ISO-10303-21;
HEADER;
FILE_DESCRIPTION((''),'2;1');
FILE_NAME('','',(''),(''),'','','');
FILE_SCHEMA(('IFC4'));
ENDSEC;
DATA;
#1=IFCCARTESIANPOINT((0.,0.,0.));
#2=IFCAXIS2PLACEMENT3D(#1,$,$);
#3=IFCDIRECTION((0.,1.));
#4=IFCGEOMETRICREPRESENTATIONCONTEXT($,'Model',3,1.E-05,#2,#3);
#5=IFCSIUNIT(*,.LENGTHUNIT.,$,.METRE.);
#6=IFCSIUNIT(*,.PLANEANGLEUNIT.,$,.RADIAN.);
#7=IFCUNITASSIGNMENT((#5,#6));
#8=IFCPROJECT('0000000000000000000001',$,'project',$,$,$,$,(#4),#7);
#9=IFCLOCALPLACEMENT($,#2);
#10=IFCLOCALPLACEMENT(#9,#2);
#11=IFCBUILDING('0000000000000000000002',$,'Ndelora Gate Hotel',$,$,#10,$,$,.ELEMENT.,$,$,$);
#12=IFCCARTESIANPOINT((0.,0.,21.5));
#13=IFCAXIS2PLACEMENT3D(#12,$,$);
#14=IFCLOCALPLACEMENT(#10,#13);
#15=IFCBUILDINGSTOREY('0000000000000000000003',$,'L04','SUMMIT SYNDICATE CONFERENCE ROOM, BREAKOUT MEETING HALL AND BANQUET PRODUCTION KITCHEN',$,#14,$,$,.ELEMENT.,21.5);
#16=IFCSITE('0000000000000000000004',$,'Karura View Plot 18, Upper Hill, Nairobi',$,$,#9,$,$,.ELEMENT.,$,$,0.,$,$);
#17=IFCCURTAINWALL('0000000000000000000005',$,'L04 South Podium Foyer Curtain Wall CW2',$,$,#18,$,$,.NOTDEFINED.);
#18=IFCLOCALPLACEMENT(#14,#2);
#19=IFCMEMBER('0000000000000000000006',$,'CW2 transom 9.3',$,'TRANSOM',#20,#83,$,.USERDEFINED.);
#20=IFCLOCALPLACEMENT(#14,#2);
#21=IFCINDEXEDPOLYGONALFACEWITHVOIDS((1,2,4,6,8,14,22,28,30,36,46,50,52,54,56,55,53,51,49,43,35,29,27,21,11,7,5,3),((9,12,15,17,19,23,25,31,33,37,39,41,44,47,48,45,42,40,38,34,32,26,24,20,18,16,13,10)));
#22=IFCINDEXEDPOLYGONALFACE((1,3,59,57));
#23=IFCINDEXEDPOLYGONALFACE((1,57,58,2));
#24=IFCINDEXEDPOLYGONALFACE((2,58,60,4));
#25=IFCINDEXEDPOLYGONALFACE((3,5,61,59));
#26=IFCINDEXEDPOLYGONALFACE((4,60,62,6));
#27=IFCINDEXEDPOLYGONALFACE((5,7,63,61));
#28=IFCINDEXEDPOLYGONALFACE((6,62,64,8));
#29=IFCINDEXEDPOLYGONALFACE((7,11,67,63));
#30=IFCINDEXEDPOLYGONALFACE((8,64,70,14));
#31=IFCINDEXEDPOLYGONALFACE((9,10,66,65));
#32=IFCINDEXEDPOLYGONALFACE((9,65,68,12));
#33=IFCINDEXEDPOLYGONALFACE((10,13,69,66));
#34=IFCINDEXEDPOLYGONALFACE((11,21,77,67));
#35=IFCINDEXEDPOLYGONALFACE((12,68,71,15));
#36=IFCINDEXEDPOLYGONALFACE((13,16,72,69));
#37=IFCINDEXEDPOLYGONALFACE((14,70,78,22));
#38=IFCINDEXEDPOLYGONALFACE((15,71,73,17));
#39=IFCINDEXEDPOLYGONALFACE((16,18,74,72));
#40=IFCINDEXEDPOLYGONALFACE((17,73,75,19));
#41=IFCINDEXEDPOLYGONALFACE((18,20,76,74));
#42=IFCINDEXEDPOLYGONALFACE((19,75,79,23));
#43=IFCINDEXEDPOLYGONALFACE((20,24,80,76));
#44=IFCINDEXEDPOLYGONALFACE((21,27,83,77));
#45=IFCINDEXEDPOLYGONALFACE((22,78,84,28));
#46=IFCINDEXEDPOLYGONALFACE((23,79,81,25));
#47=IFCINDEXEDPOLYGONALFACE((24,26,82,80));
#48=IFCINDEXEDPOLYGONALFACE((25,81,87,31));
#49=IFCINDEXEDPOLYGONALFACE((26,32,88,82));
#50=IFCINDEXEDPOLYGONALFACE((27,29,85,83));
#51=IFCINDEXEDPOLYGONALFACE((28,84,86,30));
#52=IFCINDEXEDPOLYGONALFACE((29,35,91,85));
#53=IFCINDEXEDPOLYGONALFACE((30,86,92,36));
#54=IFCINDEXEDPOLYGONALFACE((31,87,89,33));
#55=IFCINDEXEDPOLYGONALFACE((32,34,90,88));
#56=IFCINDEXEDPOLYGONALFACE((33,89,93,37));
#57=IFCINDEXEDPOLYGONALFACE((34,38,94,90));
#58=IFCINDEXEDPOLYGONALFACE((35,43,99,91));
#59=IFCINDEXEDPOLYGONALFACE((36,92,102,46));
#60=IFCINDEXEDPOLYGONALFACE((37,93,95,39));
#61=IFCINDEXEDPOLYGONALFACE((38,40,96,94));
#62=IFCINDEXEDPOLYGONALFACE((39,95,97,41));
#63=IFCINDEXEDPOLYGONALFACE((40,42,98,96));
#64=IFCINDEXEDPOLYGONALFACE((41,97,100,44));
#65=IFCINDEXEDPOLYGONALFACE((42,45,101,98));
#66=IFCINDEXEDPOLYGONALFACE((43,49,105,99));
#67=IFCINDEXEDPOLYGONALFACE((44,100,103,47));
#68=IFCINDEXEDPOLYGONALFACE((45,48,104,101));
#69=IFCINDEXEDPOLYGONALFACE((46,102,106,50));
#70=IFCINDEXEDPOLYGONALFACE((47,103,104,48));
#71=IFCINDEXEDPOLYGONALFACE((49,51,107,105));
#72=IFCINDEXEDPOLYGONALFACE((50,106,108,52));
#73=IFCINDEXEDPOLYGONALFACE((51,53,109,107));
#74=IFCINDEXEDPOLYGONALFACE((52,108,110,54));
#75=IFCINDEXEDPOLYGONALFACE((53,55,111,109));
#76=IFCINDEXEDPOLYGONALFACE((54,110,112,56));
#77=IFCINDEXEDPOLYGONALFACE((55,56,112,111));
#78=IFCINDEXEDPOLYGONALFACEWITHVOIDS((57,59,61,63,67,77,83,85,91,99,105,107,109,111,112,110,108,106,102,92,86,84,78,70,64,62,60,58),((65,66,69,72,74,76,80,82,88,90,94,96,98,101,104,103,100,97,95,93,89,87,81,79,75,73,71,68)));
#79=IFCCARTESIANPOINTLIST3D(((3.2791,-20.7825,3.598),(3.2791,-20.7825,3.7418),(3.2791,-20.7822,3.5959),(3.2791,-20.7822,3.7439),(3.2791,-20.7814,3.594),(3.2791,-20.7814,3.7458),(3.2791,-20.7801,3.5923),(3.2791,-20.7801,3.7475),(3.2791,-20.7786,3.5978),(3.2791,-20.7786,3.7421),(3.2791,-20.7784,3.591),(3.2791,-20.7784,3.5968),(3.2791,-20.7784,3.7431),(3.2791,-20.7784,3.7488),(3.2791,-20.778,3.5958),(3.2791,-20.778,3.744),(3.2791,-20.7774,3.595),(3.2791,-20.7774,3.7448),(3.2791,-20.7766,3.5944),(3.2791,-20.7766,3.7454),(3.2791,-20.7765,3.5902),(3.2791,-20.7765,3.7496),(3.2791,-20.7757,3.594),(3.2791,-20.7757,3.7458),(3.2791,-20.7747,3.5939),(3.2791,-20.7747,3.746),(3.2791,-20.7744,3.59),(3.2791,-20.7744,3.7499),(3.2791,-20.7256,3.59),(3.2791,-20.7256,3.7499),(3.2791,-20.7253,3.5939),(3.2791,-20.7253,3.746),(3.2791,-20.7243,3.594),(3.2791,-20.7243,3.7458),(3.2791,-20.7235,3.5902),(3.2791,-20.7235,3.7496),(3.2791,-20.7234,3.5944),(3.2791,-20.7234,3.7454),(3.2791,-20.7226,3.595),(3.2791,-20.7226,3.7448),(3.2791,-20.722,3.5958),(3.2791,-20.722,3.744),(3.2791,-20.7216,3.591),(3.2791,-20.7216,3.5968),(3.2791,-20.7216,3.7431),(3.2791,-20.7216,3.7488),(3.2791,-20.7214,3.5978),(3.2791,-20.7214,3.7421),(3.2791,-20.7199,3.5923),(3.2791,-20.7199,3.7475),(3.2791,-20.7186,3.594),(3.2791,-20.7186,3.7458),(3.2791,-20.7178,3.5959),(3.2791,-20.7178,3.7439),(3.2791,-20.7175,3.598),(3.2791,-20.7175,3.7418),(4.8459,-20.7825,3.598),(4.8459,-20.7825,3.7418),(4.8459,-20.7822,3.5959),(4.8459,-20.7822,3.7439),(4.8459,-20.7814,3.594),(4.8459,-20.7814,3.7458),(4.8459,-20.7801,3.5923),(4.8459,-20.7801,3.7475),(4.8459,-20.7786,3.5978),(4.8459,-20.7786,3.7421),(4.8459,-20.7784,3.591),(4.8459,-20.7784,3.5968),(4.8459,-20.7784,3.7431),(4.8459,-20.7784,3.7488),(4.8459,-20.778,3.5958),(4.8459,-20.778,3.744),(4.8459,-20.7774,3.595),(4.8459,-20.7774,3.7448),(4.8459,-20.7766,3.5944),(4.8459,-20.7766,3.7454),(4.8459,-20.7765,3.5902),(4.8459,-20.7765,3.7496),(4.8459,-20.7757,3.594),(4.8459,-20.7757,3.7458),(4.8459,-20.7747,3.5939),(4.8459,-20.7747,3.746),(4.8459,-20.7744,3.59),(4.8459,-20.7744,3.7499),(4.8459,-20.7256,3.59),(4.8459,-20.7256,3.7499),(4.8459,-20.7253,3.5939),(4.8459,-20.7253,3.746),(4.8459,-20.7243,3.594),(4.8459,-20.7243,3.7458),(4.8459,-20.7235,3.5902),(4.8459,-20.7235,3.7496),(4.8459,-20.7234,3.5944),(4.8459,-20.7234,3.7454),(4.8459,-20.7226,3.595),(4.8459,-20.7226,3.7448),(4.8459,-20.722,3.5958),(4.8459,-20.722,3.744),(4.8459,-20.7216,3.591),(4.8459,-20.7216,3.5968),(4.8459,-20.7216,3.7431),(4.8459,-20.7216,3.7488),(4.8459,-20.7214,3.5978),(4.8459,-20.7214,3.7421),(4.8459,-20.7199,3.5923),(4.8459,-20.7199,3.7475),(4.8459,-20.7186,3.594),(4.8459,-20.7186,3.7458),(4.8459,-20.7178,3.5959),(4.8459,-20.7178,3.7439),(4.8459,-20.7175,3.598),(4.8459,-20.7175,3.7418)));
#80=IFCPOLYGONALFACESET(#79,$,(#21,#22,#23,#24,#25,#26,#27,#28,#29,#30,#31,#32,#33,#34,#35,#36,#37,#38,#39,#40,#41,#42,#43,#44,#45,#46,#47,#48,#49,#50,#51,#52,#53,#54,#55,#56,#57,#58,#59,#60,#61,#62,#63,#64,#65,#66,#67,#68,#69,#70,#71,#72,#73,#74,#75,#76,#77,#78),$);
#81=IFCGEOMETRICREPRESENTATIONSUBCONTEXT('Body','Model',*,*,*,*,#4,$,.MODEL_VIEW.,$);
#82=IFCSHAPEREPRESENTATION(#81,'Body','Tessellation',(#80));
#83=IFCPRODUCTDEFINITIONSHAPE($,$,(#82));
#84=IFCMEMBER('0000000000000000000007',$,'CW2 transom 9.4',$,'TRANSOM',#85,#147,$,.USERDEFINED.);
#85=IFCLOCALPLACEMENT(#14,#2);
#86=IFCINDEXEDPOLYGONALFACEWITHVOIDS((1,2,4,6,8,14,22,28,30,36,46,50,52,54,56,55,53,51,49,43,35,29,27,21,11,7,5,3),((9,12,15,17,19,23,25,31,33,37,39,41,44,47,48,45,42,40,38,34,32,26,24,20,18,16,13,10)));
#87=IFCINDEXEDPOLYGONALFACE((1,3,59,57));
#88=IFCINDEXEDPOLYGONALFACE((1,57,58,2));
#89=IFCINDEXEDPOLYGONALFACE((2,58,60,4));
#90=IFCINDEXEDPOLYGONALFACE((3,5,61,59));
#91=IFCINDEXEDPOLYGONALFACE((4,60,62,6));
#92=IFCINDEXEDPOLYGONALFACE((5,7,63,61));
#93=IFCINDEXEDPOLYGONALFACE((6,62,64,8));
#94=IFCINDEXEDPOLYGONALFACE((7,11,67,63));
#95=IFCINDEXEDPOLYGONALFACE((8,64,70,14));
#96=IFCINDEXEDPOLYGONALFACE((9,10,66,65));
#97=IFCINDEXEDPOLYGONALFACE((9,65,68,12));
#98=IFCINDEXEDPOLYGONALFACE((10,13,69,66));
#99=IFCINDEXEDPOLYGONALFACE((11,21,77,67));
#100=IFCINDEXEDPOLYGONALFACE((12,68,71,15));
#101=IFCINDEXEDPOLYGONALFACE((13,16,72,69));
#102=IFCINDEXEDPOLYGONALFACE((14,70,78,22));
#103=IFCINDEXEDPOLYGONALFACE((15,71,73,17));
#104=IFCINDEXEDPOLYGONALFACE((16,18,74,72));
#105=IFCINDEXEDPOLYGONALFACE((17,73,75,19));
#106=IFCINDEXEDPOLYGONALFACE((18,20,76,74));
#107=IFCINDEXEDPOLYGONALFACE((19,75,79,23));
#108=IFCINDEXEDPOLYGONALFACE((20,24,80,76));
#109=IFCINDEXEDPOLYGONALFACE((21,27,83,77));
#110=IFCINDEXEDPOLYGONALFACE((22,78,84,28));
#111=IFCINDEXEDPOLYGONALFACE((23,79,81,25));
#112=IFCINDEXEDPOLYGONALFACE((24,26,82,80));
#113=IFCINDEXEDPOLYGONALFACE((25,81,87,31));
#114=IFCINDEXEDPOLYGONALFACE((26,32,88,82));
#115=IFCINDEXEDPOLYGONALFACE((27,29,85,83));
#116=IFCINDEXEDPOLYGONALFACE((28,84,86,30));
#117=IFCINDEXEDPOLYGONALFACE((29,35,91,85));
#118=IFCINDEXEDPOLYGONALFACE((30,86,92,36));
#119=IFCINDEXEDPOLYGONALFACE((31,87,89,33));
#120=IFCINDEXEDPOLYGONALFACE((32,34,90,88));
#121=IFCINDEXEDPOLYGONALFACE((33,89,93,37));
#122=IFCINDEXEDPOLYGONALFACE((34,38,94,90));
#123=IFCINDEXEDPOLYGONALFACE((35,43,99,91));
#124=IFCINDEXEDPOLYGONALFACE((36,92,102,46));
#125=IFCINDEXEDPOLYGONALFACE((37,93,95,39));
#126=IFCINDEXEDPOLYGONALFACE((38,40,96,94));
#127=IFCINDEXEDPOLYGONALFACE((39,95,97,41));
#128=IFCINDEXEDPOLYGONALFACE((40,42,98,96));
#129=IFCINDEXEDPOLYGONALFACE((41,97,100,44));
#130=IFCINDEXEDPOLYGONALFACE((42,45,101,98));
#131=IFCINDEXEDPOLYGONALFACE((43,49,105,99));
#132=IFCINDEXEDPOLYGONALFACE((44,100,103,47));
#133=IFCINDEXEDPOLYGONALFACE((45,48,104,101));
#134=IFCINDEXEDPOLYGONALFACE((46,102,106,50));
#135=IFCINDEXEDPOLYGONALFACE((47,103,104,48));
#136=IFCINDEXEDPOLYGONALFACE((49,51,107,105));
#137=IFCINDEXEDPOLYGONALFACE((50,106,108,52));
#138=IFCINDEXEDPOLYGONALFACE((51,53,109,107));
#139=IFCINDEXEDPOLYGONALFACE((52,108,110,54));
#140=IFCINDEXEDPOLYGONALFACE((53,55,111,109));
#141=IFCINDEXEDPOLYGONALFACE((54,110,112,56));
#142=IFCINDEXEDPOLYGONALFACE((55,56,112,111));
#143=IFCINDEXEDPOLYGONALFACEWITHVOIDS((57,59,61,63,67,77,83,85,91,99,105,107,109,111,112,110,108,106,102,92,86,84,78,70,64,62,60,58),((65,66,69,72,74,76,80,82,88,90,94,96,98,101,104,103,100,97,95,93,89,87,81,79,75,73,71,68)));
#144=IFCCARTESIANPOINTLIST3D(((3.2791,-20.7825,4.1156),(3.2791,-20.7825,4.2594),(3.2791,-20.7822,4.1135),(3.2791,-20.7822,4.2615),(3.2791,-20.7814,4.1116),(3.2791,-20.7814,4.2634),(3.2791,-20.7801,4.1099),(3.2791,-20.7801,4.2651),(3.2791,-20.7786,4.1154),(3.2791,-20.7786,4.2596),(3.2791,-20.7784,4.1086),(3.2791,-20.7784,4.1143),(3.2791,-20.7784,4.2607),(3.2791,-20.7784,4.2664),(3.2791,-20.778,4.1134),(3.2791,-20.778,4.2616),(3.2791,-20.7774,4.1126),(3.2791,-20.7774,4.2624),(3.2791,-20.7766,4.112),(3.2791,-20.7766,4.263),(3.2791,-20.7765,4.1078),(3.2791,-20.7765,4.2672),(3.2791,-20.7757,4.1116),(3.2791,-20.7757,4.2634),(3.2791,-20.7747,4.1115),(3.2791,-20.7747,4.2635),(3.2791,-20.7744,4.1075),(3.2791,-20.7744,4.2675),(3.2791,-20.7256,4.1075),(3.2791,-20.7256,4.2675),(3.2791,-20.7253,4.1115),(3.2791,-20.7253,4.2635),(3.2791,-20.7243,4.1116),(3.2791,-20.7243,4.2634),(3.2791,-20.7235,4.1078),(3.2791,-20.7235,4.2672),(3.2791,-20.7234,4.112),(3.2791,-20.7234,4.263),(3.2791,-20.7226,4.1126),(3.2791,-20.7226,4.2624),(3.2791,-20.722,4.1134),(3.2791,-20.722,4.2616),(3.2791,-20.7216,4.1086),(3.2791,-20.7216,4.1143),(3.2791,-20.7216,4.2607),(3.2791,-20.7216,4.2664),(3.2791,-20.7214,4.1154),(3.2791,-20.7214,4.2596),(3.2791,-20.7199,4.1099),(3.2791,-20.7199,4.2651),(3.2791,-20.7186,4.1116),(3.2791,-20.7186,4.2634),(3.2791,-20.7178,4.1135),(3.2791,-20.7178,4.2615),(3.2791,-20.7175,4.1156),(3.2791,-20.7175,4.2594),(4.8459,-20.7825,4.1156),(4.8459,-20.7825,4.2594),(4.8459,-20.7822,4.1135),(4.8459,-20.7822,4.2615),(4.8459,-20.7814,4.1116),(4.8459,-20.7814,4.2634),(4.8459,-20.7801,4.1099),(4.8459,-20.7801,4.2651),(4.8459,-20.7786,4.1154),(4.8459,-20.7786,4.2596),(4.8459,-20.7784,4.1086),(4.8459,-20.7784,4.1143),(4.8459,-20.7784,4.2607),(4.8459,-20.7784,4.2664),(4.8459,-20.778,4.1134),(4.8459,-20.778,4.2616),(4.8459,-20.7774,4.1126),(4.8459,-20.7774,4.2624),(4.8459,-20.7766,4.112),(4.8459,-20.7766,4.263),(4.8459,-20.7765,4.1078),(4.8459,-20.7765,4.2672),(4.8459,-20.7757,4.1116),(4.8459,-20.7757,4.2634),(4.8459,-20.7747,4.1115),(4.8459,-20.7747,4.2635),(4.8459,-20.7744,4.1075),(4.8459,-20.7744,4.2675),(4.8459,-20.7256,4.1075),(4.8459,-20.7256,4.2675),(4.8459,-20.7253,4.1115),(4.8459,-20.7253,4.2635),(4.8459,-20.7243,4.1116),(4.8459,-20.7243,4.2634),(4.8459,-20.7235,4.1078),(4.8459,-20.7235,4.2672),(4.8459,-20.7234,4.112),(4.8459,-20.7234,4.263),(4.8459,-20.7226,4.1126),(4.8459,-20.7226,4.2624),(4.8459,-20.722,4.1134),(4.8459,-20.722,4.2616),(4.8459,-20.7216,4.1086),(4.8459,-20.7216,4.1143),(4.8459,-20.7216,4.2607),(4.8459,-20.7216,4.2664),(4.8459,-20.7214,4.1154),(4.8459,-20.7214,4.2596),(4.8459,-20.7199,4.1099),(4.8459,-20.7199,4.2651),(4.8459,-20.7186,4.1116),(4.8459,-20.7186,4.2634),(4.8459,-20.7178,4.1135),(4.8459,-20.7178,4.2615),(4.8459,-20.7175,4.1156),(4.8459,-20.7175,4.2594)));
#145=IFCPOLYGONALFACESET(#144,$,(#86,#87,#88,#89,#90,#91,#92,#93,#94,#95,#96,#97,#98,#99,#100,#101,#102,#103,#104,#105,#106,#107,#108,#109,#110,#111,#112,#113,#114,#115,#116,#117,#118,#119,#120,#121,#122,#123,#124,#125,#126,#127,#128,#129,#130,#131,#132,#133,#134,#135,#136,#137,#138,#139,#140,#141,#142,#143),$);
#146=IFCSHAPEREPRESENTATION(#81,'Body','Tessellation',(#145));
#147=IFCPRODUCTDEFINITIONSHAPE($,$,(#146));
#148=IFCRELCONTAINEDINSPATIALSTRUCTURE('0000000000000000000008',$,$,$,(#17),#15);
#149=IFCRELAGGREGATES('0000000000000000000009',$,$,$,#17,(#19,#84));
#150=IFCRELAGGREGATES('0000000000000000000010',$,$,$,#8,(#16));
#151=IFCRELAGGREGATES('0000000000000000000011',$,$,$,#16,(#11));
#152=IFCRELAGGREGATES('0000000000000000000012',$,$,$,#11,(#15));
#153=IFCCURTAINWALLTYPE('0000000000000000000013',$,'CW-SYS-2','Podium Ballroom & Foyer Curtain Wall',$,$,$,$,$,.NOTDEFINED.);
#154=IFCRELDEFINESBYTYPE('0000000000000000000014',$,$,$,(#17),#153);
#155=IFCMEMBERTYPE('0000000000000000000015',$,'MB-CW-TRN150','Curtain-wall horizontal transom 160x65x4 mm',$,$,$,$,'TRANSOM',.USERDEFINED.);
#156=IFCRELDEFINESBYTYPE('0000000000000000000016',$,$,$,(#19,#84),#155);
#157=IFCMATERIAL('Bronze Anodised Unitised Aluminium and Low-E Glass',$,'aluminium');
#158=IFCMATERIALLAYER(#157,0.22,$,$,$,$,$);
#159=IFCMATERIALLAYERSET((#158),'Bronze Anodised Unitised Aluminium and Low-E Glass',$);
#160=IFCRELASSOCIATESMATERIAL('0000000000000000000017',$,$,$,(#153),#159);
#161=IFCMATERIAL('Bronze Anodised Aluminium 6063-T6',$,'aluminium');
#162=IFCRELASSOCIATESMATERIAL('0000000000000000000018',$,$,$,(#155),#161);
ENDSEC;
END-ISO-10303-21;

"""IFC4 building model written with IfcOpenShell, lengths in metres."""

from ifc_helpers import new_model, si_unit, direction, frame, origin, origin_2d, place, context, subcontext, project, spatial, hollow_rectangle, extrude, material, layer, layer_set, material_profile, profile_set, type_object, element, aggregate, save


model = new_model("IFC4")

# Units and contexts
model_context = context("Model", 3, precision=1e-05, world=origin(), true_north=direction((0.0, 1.0)))
body_context = subcontext(model_context, "Body", "Model", "MODEL_VIEW")
ifc_project = project(units=[si_unit("LENGTHUNIT", "METRE"), si_unit("PLANEANGLEUNIT", "RADIAN")], contexts=[model_context])

# Site, building, storey
site_placement = place(None, origin())
site = spatial("IfcSite", under=ifc_project, at=site_placement, Name="Karura View Plot 18, Upper Hill, Nairobi", CompositionType="ELEMENT", RefElevation=0.0)
building_placement = place(site_placement, origin())
building = spatial("IfcBuilding", under=site, at=building_placement, Name="Ndelora Gate Hotel", CompositionType="ELEMENT")
storey_placement = place(building_placement, frame((0.0, 0.0, 21.5)))
storey = spatial("IfcBuildingStorey", under=building, at=storey_placement, Name="L04", Description="SUMMIT SYNDICATE CONFERENCE ROOM, BREAKOUT MEETING HALL AND BANQUET PRODUCTION KITCHEN", CompositionType="ELEMENT", Elevation=21.5)

# Curtain wall, members
ifc_material_1 = material(Name="Bronze Anodised Unitised Aluminium and Low-E Glass", Category="aluminium")
ifc_layer_1 = layer(ifc_material_1, 0.22)
ifc_layer_set_1 = layer_set([ifc_layer_1], Name="Bronze Anodised Unitised Aluminium and Low-E Glass")
curtain_wall_type = type_object("IfcCurtainWallType", Name="CW-SYS-2", Description="Podium Ballroom & Foyer Curtain Wall", PredefinedType="NOTDEFINED", material=ifc_layer_set_1)
curtain_wall_placement = place(storey_placement, origin())
curtain_wall = element("IfcCurtainWall", 1, at=curtain_wall_placement, inside=storey, type_object=curtain_wall_type, Name="L04 South Podium Foyer Curtain Wall CW2", PredefinedType="NOTDEFINED")
ifc_material_2 = material(Name="Bronze Anodised Aluminium 6063-T6", Category="aluminium")
ifc_material_profile_1 = material_profile(ifc_material_2, hollow_rectangle(XDim=0.0649, YDim=0.1599, WallThickness=0.0039, InnerFilletRadius=0.0039, OuterFilletRadius=0.0081, at=origin_2d()), Name="ALU 160x65x4")
ifc_profile_set_1 = profile_set([ifc_material_profile_1], Name="Bronze Anodised Aluminium 6063-T6")
member_type_1 = type_object("IfcMemberType", Name="MB-CW-TRN150", Description="Curtain-wall horizontal transom 160x65x4 mm", ElementType="TRANSOM", PredefinedType="USERDEFINED", material=ifc_profile_set_1)
member_1_placement = place(storey_placement, frame((3.2791, -20.75, 3.6699), z_axis=(1.0, 0.0, 0.0), x_axis=(0.0, 1.0, 0.0)))
member_1 = element("IfcMember", 2, at=member_1_placement, type_object=member_type_1, Name="CW2 transom 9.3", ObjectType="TRANSOM", PredefinedType="USERDEFINED", context=body_context, shape_type="SweptSolid", body=[
    extrude(hollow_rectangle(XDim=0.0649, YDim=0.1599, WallThickness=0.0039, InnerFilletRadius=0.0039, OuterFilletRadius=0.0081, at=origin_2d()), origin(), (0.0, 0.0, 1.0), 1.5669),
])
member_2_placement = place(storey_placement, frame((3.2791, -20.75, 4.1875), z_axis=(1.0, 0.0, 0.0), x_axis=(0.0, 1.0, 0.0)))
member_2 = element("IfcMember", 3, at=member_2_placement, type_object=member_type_1, Name="CW2 transom 9.4", ObjectType="TRANSOM", PredefinedType="USERDEFINED", context=body_context, shape_type="SweptSolid", body=[
    extrude(hollow_rectangle(XDim=0.0649, YDim=0.1599, WallThickness=0.0039, InnerFilletRadius=0.0039, OuterFilletRadius=0.0081, at=origin_2d()), origin(), (0.0, 0.0, 1.0), 1.5669),
])
aggregate(curtain_wall, [member_1, member_2])

save(model, "model.ifc")
